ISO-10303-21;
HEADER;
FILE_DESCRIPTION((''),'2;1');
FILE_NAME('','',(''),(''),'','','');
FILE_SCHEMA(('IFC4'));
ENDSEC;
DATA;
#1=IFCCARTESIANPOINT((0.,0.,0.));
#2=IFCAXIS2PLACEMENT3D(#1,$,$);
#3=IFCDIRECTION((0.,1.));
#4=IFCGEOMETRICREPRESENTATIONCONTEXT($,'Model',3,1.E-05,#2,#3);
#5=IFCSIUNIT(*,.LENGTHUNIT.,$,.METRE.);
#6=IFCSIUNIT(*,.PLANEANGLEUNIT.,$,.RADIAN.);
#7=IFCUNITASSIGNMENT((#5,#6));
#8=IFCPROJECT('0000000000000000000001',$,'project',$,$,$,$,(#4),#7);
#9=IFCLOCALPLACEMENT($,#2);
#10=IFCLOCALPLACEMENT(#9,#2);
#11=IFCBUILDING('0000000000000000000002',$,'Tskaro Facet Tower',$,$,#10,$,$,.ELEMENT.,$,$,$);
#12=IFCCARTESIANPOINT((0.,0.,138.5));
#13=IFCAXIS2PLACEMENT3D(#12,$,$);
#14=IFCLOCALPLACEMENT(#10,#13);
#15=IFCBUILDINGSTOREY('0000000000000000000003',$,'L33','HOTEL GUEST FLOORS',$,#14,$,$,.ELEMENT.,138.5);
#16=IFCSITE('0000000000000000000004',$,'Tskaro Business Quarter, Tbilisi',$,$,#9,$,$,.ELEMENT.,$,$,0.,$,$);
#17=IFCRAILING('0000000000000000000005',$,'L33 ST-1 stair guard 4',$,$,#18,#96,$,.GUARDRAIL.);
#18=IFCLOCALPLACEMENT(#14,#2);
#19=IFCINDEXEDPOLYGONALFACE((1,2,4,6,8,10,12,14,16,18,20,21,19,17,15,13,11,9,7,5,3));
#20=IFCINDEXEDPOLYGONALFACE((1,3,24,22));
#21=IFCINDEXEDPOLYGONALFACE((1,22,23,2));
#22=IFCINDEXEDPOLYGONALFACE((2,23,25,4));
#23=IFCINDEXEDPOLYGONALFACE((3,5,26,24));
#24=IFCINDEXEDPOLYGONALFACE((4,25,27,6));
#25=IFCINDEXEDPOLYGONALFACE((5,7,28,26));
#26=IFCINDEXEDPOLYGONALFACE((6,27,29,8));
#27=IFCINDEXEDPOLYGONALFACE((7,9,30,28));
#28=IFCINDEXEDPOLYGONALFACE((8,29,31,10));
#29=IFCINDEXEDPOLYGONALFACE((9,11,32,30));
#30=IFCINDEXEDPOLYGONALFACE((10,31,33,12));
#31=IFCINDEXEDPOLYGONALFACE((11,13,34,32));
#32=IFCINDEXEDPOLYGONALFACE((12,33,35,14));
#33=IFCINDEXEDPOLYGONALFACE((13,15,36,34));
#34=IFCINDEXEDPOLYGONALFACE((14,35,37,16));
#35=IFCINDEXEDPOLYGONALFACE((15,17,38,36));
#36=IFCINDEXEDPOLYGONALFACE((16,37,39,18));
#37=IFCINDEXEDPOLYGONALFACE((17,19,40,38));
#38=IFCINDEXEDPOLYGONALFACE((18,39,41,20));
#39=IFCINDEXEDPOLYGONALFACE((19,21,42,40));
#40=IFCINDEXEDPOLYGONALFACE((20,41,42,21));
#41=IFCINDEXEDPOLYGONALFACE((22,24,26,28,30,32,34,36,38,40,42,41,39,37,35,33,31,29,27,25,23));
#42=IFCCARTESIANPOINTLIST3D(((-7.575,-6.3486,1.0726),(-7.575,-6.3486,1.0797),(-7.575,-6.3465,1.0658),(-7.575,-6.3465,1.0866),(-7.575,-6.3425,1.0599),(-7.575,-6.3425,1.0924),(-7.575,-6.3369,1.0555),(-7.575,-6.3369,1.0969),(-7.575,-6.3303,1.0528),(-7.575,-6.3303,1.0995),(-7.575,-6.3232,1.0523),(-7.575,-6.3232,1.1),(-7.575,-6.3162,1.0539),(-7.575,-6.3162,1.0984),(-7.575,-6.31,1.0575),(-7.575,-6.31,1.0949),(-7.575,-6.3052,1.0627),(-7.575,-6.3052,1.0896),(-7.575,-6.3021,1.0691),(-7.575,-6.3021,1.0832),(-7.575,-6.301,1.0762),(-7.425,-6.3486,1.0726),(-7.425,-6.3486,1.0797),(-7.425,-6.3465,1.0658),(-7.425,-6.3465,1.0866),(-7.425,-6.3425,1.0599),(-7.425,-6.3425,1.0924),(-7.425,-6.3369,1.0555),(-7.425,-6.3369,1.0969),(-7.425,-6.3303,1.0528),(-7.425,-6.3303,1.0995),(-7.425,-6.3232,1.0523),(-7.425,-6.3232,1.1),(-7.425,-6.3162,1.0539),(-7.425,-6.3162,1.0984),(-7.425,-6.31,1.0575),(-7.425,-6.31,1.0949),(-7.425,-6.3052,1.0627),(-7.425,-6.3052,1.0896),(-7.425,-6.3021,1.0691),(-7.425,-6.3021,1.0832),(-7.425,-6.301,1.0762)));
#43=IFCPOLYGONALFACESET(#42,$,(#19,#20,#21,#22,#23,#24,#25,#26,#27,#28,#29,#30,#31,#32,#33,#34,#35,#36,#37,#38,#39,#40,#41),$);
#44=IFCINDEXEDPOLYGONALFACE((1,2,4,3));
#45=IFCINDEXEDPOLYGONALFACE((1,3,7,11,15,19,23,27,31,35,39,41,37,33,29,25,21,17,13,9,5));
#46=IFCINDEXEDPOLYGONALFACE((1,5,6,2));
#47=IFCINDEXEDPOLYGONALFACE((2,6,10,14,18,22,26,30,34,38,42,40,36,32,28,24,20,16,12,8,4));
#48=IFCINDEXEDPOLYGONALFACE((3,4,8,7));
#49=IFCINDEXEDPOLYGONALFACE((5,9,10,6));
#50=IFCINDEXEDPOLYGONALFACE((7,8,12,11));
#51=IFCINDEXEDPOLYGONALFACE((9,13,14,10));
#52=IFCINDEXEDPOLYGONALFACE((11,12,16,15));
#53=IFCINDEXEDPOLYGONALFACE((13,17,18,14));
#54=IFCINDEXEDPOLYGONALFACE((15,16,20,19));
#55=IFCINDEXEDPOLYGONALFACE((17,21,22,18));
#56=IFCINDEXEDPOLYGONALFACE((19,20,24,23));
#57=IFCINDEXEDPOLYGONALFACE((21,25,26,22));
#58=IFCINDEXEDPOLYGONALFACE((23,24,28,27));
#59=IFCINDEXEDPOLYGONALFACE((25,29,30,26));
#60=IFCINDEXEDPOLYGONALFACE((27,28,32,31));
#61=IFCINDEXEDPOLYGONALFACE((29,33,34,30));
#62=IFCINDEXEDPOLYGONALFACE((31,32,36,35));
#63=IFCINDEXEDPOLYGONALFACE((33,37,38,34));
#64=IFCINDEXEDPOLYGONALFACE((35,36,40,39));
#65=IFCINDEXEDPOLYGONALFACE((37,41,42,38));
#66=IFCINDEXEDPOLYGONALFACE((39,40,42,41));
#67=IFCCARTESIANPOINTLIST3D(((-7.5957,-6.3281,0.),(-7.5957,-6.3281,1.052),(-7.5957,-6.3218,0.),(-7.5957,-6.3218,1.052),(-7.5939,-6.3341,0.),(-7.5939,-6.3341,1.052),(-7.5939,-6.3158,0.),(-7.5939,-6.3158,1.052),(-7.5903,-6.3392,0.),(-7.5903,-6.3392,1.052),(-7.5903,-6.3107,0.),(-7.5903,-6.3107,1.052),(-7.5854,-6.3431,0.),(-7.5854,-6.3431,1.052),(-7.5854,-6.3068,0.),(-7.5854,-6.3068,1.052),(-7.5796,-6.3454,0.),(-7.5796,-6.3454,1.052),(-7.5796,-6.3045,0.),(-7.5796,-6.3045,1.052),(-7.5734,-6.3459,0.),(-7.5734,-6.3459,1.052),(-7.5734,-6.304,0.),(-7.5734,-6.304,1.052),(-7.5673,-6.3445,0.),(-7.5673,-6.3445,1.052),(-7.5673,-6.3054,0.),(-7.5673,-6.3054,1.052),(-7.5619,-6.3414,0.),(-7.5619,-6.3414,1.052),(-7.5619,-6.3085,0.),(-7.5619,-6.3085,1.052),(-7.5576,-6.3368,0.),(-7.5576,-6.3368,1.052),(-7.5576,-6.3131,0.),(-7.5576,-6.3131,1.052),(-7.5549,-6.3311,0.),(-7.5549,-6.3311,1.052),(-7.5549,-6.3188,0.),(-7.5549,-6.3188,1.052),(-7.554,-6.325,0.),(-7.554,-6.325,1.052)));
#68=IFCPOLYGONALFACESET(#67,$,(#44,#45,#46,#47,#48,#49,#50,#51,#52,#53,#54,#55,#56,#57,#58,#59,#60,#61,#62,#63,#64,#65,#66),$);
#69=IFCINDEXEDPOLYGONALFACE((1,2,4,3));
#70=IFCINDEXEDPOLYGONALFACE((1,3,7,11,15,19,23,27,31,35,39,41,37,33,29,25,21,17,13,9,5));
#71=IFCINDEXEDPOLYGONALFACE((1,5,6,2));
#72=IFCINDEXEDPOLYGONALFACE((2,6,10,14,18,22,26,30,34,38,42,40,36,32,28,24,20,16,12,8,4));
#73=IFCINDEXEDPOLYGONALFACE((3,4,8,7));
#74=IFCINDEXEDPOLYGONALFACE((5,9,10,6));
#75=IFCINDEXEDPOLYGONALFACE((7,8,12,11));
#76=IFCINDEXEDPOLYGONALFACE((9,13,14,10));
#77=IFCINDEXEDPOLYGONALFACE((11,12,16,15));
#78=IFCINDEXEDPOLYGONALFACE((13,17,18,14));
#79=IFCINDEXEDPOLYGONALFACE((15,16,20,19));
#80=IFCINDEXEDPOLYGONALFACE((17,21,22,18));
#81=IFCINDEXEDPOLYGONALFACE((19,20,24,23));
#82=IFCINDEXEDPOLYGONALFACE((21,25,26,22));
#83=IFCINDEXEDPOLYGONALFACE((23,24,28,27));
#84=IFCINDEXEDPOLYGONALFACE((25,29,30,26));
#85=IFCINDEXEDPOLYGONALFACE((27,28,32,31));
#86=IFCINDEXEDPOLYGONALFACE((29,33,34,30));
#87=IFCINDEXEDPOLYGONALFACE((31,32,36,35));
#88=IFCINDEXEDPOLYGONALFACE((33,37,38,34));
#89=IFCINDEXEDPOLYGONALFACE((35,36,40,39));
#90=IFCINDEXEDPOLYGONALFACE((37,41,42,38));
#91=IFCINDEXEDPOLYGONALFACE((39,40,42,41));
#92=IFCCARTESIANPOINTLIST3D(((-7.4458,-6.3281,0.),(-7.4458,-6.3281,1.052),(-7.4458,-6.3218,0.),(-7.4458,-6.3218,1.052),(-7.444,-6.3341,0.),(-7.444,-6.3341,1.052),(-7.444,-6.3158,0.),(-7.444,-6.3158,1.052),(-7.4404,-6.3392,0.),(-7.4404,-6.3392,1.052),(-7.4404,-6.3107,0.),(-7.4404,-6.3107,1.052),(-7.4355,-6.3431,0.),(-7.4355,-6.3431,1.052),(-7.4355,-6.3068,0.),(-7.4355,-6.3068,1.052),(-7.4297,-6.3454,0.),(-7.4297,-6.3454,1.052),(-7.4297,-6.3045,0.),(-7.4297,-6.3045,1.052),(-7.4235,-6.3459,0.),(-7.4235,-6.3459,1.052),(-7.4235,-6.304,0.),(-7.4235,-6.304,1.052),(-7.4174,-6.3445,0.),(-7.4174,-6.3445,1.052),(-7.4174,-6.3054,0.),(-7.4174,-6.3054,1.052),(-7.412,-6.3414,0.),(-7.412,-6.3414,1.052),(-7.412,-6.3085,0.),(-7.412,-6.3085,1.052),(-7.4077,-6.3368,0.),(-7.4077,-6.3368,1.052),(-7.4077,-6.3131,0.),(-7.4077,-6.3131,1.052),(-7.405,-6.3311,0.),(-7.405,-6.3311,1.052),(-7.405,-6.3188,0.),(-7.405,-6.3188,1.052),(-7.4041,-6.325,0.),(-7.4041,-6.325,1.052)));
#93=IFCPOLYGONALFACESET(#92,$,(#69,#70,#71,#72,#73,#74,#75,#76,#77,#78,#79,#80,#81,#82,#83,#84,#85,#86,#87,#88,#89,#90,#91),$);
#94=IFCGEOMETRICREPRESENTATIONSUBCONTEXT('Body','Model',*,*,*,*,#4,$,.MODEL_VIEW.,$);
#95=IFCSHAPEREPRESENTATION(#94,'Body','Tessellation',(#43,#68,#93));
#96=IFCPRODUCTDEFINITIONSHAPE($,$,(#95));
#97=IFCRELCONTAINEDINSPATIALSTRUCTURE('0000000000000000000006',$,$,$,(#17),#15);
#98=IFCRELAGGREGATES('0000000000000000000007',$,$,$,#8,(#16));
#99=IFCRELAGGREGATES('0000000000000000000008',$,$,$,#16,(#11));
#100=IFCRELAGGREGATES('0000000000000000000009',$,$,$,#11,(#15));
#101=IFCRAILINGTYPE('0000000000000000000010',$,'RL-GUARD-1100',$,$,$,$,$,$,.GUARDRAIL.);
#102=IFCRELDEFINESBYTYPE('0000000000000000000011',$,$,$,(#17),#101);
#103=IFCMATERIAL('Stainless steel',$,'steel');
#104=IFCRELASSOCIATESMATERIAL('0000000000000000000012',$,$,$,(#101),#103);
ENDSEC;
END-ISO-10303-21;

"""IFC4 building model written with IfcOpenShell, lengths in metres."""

from ifc_helpers import new_model, si_unit, direction, frame, origin, origin_2d, place, context, subcontext, project, spatial, circle, extrude, material, type_object, element, save


model = new_model("IFC4")

# Units and contexts
model_context = context("Model", 3, precision=1e-05, world=origin(), true_north=direction((0.0, 1.0)))
body_context = subcontext(model_context, "Body", "Model", "MODEL_VIEW")
ifc_project = project(units=[si_unit("LENGTHUNIT", "METRE"), si_unit("PLANEANGLEUNIT", "RADIAN")], contexts=[model_context])

# Site, building, storey
site_placement = place(None, origin())
site = spatial("IfcSite", under=ifc_project, at=site_placement, Name="Tskaro Business Quarter, Tbilisi", CompositionType="ELEMENT", RefElevation=0.0)
building_placement = place(site_placement, origin())
building = spatial("IfcBuilding", under=site, at=building_placement, Name="Tskaro Facet Tower", CompositionType="ELEMENT")
storey_placement = place(building_placement, frame((0.0, 0.0, 138.5)))
storey = spatial("IfcBuildingStorey", under=building, at=storey_placement, Name="L33", Description="HOTEL GUEST FLOORS", CompositionType="ELEMENT", Elevation=138.5)

# Shared definitions
ifc_material_1 = material(Name="Stainless steel", Category="steel")

# Railing
railing_type_1 = type_object("IfcRailingType", Name="RL-GUARD-1100", PredefinedType="GUARDRAIL", material=ifc_material_1)
railing_1_placement = place(storey_placement, frame((-7.575, -6.325, 0.0)))
element("IfcRailing", 1, at=railing_1_placement, inside=storey, type_object=railing_type_1, Name="L33 ST-1 stair guard 4", PredefinedType="GUARDRAIL", context=body_context, shape_type="SweptSolid", body=[
    extrude(circle(Radius=0.0239, at=origin_2d()), frame((0.0, 0.0, 1.0762), z_axis=(1.0, 0.0, 0.0), x_axis=(0.0, 1.0, 0.0)), (0.0, 0.0, 1.0), 0.1499),
    extrude(circle(Radius=0.021, at=origin_2d()), origin(), (0.0, 0.0, 1.0), 1.052),
    extrude(circle(Radius=0.021, at=origin_2d()), frame((0.1499, 0.0, 0.0)), (0.0, 0.0, 1.0), 1.052),
])

save(model, "model.ifc")
